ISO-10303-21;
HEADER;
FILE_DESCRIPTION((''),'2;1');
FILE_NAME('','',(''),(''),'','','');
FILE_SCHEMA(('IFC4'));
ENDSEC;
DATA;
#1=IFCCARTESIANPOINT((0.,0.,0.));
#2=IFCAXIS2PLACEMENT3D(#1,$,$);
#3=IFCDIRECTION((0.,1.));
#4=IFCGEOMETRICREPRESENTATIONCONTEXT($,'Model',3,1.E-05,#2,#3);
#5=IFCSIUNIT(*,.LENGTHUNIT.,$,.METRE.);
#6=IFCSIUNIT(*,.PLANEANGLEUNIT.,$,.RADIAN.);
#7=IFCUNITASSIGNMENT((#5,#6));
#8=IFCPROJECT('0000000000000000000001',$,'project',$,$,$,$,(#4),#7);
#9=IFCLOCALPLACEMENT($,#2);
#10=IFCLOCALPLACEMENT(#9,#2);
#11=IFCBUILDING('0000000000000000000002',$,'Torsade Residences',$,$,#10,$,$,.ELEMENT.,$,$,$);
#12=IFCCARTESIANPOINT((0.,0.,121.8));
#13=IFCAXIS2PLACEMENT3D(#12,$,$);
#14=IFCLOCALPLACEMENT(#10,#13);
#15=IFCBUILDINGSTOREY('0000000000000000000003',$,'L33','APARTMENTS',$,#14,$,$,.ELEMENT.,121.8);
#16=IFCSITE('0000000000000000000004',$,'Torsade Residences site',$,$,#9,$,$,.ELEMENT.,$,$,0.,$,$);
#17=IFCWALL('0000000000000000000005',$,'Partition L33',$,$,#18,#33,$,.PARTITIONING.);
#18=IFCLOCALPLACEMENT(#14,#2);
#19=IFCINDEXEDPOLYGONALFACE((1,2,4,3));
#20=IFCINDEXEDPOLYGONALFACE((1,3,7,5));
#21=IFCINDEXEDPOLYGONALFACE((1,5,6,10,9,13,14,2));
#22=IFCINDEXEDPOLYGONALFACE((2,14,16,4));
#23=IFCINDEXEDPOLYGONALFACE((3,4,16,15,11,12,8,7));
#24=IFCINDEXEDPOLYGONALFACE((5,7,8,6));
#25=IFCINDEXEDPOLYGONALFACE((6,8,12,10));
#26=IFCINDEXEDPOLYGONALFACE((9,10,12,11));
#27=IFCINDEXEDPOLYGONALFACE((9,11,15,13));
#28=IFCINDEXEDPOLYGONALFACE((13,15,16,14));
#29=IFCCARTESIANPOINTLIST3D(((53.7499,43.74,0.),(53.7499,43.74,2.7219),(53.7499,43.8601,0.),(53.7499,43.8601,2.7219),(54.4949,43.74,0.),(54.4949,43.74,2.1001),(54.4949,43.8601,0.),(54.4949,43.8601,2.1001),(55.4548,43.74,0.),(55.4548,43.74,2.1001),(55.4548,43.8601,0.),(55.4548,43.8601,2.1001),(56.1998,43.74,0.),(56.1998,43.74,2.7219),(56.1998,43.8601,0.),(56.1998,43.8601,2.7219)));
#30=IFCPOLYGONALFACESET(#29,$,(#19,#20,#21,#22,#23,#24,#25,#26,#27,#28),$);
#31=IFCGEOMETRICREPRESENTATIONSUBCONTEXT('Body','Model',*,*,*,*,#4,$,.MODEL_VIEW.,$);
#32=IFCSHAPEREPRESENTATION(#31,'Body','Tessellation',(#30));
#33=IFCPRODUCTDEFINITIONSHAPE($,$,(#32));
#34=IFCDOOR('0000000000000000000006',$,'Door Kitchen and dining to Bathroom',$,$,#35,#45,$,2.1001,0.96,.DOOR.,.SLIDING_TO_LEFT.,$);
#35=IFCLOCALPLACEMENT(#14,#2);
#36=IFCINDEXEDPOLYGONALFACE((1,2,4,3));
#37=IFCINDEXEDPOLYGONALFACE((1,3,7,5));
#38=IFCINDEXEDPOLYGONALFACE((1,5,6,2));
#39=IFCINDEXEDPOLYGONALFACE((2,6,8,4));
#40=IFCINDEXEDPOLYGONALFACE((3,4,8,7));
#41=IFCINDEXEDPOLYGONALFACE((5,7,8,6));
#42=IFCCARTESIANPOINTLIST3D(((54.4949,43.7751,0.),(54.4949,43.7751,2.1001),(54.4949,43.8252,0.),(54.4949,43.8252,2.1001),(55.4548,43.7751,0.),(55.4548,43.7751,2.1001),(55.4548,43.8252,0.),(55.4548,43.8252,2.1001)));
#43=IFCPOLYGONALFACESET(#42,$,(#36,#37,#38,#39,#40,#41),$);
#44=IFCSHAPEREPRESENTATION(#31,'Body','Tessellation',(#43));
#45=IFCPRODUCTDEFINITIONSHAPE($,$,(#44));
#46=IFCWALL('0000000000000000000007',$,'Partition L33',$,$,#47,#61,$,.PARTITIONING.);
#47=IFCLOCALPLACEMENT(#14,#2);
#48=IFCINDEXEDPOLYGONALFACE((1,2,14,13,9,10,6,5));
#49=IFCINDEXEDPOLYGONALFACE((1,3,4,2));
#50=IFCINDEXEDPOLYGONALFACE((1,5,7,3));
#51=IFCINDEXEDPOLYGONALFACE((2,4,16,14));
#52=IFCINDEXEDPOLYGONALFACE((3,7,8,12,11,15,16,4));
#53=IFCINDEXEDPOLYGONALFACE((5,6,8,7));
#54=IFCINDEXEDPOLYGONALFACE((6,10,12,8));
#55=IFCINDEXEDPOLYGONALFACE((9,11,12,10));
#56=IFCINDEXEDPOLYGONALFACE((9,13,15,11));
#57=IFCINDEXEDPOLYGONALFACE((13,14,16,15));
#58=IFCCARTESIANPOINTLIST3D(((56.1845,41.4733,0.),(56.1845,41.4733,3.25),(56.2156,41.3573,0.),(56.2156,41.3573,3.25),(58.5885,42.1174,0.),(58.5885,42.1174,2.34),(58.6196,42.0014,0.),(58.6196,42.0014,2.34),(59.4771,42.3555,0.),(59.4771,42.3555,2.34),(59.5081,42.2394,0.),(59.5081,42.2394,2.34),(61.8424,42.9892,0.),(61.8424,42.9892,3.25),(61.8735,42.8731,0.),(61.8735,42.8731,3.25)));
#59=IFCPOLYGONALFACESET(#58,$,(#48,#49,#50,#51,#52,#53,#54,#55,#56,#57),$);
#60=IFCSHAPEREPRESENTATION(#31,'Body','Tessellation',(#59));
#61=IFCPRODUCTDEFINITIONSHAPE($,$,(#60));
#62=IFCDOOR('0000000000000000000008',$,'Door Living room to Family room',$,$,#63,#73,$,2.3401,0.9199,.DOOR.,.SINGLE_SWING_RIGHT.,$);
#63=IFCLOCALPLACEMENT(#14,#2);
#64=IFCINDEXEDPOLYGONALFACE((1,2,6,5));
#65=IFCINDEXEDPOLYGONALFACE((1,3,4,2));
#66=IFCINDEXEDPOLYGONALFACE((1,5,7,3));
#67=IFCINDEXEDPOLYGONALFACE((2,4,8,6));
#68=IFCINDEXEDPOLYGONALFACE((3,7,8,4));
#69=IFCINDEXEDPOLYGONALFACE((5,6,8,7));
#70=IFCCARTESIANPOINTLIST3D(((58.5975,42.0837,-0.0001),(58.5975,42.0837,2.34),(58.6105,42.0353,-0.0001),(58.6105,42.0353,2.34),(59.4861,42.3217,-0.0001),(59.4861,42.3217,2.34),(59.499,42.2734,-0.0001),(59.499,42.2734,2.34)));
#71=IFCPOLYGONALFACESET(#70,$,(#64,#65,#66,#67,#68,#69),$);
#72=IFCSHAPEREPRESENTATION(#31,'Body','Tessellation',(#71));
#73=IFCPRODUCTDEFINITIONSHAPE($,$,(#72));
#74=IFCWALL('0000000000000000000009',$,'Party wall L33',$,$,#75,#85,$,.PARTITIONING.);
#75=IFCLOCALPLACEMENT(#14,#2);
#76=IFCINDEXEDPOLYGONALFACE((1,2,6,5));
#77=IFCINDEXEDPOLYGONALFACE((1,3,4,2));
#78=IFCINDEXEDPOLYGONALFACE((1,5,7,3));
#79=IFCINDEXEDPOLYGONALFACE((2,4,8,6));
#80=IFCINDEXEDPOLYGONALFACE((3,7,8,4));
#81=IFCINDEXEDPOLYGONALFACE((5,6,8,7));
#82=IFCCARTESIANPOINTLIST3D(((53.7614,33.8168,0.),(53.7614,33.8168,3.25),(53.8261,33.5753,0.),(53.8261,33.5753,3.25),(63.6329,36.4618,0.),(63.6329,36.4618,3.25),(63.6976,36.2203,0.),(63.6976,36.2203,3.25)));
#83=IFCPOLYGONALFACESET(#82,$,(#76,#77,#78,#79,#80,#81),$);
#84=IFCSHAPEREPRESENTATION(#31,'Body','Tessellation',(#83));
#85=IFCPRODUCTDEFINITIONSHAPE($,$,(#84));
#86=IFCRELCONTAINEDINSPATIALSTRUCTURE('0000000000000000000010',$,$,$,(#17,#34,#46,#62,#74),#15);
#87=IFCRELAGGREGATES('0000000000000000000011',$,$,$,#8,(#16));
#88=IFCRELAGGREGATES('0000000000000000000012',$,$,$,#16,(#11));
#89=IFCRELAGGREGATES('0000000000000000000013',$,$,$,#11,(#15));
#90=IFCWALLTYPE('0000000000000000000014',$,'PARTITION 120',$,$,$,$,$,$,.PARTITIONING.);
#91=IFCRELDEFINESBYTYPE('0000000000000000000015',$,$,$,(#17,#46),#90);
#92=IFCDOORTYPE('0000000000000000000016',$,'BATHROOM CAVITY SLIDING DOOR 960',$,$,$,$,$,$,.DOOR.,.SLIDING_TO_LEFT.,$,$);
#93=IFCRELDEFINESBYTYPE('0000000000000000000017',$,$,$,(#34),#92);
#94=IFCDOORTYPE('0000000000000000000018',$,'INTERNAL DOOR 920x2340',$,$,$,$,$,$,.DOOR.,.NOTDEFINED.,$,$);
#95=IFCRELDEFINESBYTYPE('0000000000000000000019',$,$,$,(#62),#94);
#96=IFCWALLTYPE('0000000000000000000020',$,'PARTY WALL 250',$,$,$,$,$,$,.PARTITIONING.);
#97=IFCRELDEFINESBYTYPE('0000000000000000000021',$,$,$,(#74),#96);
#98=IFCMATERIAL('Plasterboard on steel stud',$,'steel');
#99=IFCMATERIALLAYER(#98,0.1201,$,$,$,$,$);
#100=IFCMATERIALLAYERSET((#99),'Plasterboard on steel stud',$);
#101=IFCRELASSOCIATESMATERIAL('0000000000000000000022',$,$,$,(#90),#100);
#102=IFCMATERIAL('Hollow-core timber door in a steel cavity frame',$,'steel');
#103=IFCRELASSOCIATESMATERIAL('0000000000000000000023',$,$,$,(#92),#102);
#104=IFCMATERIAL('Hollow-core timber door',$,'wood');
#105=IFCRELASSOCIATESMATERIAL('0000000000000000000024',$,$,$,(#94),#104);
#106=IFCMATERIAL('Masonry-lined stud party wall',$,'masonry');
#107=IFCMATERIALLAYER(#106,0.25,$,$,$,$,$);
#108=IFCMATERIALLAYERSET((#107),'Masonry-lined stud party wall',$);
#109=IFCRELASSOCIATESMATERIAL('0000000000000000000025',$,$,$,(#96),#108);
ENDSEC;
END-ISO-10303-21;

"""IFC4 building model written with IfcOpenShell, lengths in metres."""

from ifc_helpers import new_model, si_unit, direction, frame, frame_2d, origin, place, context, subcontext, project, spatial, rectangle, extrude, material, layer, layer_set, type_object, element, fill, save


model = new_model("IFC4")

# Units and contexts
model_context = context("Model", 3, precision=1e-05, world=origin(), true_north=direction((0.0, 1.0)))
body_context = subcontext(model_context, "Body", "Model", "MODEL_VIEW")
ifc_project = project(units=[si_unit("LENGTHUNIT", "METRE"), si_unit("PLANEANGLEUNIT", "RADIAN")], contexts=[model_context])

# Site, building, storey
site_placement = place(None, origin())
site = spatial("IfcSite", under=ifc_project, at=site_placement, Name="Torsade Residences site", CompositionType="ELEMENT", RefElevation=0.0)
building_placement = place(site_placement, origin())
building = spatial("IfcBuilding", under=site, at=building_placement, Name="Torsade Residences", CompositionType="ELEMENT")
storey_placement = place(building_placement, frame((0.0, 0.0, 121.8)))
storey = spatial("IfcBuildingStorey", under=building, at=storey_placement, Name="L33", Description="APARTMENTS", CompositionType="ELEMENT", Elevation=121.8)

# Walls, openings, doors
ifc_material_1 = material(Name="Plasterboard on steel stud", Category="steel")
ifc_layer_1 = layer(ifc_material_1, 0.1201)
ifc_layer_set_1 = layer_set([ifc_layer_1], Name="Plasterboard on steel stud")
wall_type_1 = type_object("IfcWallType", Name="PARTITION 120", PredefinedType="PARTITIONING", material=ifc_layer_set_1)
wall_1_placement = place(storey_placement, frame((56.2, 43.8, 0.0), z_axis=(0.0, 0.0, 1.0), x_axis=(-1.0, 0.0, 0.0)))
wall_1 = element("IfcWall", 1, at=wall_1_placement, inside=storey, type_object=wall_type_1, Name="Partition L33", PredefinedType="PARTITIONING", context=body_context, shape_type="SweptSolid", body=[
    extrude(rectangle(XDim=2.45, YDim=0.1201, at=frame_2d((1.2251, 0.0))), origin(), (0.0, 0.0, 1.0), 2.7219),
])
opening_1_placement = place(wall_1_placement, frame((0.7451, 0.0, 0.0)))
opening_1 = element("IfcOpeningElement", 2, at=opening_1_placement, cuts=wall_1, PredefinedType="OPENING", context=body_context, shape_type="SweptSolid", body=[
    extrude(rectangle(XDim=0.96, YDim=2.1001, at=frame_2d((0.48, 1.05))), frame((0.0, 0.0701, 0.0), z_axis=(0.0, -1.0, 0.0), x_axis=(1.0, 0.0, 0.0)), (0.0, 0.0, 1.0), 0.1401),
])
ifc_material_2 = material(Name="Hollow-core timber door in a steel cavity frame", Category="steel")
door_type_1 = type_object("IfcDoorType", Name="BATHROOM CAVITY SLIDING DOOR 960", OperationType="SLIDING_TO_LEFT", PredefinedType="DOOR", material=ifc_material_2)
door_1_placement = place(opening_1_placement, origin())
door_1 = element("IfcDoor", 3, at=door_1_placement, inside=storey, type_object=door_type_1, Name="Door Kitchen and dining to Bathroom", OperationType="SLIDING_TO_LEFT", OverallHeight=2.1001, OverallWidth=0.96, PredefinedType="DOOR", context=body_context, shape_type="SweptSolid", body=[
    extrude(rectangle(XDim=0.96, YDim=2.1001, at=frame_2d((0.48, 1.05))), frame((0.0, 0.0249, 0.0), z_axis=(0.0, -1.0, 0.0), x_axis=(1.0, 0.0, 0.0)), (0.0, 0.0, 1.0), 0.05),
])
fill(opening_1, door_1)
wall_2_placement = place(storey_placement, frame((61.8579, 42.9312, 0.0), z_axis=(0.0, 0.0, 1.0), x_axis=(-0.965933, -0.258791, 0.0)))
wall_2 = element("IfcWall", 4, at=wall_2_placement, inside=storey, type_object=wall_type_1, Name="Partition L33", PredefinedType="PARTITIONING", context=body_context, shape_type="SweptSolid", body=[
    extrude(rectangle(XDim=5.8574, YDim=0.1201, at=frame_2d((2.9287, 0.0))), origin(), (0.0, 0.0, 1.0), 3.25),
])
opening_2_placement = place(wall_2_placement, frame((2.4487, 0.0, 0.0)))
opening_2 = element("IfcOpeningElement", 5, at=opening_2_placement, cuts=wall_2, PredefinedType="OPENING", context=body_context, shape_type="SweptSolid", body=[
    extrude(rectangle(XDim=0.9199, YDim=2.3401, at=frame_2d((0.46, 1.1699))), frame((0.0, 0.0701, 0.0), z_axis=(0.0, -1.0, 0.0), x_axis=(1.0, 0.0, 0.0)), (0.0, 0.0, 1.0), 0.1401),
])
ifc_material_3 = material(Name="Hollow-core timber door", Category="wood")
door_type_2 = type_object("IfcDoorType", Name="INTERNAL DOOR 920x2340", OperationType="NOTDEFINED", PredefinedType="DOOR", material=ifc_material_3)
door_2_placement = place(opening_2_placement, origin())
door_2 = element("IfcDoor", 6, at=door_2_placement, inside=storey, type_object=door_type_2, Name="Door Living room to Family room", OperationType="SINGLE_SWING_RIGHT", OverallHeight=2.3401, OverallWidth=0.9199, PredefinedType="DOOR", context=body_context, shape_type="SweptSolid", body=[
    extrude(rectangle(XDim=0.9199, YDim=2.3401, at=frame_2d((0.46, 1.1699))), frame((0.0, 0.0249, 0.0), z_axis=(0.0, -1.0, 0.0), x_axis=(1.0, 0.0, 0.0)), (0.0, 0.0, 1.0), 0.05),
])
fill(opening_2, door_2)

# Wall
ifc_material_4 = material(Name="Masonry-lined stud party wall", Category="masonry")
ifc_layer_2 = layer(ifc_material_4, 0.25)
ifc_layer_set_2 = layer_set([ifc_layer_2], Name="Masonry-lined stud party wall")
wall_type_2 = type_object("IfcWallType", Name="PARTY WALL 250", PredefinedType="PARTITIONING", material=ifc_layer_set_2)
wall_3_placement = place(storey_placement, frame((63.6653, 36.3411, 0.0), z_axis=(0.0, 0.0, 1.0), x_axis=(-0.965927, -0.258813, 0.0)))
element("IfcWall", 7, at=wall_3_placement, inside=storey, type_object=wall_type_2, Name="Party wall L33", PredefinedType="PARTITIONING", context=body_context, shape_type="SweptSolid", body=[
    extrude(rectangle(XDim=10.2197, YDim=0.25, at=frame_2d((5.1099, 0.0))), origin(), (0.0, 0.0, 1.0), 3.25),
])

save(model, "model.ifc")
